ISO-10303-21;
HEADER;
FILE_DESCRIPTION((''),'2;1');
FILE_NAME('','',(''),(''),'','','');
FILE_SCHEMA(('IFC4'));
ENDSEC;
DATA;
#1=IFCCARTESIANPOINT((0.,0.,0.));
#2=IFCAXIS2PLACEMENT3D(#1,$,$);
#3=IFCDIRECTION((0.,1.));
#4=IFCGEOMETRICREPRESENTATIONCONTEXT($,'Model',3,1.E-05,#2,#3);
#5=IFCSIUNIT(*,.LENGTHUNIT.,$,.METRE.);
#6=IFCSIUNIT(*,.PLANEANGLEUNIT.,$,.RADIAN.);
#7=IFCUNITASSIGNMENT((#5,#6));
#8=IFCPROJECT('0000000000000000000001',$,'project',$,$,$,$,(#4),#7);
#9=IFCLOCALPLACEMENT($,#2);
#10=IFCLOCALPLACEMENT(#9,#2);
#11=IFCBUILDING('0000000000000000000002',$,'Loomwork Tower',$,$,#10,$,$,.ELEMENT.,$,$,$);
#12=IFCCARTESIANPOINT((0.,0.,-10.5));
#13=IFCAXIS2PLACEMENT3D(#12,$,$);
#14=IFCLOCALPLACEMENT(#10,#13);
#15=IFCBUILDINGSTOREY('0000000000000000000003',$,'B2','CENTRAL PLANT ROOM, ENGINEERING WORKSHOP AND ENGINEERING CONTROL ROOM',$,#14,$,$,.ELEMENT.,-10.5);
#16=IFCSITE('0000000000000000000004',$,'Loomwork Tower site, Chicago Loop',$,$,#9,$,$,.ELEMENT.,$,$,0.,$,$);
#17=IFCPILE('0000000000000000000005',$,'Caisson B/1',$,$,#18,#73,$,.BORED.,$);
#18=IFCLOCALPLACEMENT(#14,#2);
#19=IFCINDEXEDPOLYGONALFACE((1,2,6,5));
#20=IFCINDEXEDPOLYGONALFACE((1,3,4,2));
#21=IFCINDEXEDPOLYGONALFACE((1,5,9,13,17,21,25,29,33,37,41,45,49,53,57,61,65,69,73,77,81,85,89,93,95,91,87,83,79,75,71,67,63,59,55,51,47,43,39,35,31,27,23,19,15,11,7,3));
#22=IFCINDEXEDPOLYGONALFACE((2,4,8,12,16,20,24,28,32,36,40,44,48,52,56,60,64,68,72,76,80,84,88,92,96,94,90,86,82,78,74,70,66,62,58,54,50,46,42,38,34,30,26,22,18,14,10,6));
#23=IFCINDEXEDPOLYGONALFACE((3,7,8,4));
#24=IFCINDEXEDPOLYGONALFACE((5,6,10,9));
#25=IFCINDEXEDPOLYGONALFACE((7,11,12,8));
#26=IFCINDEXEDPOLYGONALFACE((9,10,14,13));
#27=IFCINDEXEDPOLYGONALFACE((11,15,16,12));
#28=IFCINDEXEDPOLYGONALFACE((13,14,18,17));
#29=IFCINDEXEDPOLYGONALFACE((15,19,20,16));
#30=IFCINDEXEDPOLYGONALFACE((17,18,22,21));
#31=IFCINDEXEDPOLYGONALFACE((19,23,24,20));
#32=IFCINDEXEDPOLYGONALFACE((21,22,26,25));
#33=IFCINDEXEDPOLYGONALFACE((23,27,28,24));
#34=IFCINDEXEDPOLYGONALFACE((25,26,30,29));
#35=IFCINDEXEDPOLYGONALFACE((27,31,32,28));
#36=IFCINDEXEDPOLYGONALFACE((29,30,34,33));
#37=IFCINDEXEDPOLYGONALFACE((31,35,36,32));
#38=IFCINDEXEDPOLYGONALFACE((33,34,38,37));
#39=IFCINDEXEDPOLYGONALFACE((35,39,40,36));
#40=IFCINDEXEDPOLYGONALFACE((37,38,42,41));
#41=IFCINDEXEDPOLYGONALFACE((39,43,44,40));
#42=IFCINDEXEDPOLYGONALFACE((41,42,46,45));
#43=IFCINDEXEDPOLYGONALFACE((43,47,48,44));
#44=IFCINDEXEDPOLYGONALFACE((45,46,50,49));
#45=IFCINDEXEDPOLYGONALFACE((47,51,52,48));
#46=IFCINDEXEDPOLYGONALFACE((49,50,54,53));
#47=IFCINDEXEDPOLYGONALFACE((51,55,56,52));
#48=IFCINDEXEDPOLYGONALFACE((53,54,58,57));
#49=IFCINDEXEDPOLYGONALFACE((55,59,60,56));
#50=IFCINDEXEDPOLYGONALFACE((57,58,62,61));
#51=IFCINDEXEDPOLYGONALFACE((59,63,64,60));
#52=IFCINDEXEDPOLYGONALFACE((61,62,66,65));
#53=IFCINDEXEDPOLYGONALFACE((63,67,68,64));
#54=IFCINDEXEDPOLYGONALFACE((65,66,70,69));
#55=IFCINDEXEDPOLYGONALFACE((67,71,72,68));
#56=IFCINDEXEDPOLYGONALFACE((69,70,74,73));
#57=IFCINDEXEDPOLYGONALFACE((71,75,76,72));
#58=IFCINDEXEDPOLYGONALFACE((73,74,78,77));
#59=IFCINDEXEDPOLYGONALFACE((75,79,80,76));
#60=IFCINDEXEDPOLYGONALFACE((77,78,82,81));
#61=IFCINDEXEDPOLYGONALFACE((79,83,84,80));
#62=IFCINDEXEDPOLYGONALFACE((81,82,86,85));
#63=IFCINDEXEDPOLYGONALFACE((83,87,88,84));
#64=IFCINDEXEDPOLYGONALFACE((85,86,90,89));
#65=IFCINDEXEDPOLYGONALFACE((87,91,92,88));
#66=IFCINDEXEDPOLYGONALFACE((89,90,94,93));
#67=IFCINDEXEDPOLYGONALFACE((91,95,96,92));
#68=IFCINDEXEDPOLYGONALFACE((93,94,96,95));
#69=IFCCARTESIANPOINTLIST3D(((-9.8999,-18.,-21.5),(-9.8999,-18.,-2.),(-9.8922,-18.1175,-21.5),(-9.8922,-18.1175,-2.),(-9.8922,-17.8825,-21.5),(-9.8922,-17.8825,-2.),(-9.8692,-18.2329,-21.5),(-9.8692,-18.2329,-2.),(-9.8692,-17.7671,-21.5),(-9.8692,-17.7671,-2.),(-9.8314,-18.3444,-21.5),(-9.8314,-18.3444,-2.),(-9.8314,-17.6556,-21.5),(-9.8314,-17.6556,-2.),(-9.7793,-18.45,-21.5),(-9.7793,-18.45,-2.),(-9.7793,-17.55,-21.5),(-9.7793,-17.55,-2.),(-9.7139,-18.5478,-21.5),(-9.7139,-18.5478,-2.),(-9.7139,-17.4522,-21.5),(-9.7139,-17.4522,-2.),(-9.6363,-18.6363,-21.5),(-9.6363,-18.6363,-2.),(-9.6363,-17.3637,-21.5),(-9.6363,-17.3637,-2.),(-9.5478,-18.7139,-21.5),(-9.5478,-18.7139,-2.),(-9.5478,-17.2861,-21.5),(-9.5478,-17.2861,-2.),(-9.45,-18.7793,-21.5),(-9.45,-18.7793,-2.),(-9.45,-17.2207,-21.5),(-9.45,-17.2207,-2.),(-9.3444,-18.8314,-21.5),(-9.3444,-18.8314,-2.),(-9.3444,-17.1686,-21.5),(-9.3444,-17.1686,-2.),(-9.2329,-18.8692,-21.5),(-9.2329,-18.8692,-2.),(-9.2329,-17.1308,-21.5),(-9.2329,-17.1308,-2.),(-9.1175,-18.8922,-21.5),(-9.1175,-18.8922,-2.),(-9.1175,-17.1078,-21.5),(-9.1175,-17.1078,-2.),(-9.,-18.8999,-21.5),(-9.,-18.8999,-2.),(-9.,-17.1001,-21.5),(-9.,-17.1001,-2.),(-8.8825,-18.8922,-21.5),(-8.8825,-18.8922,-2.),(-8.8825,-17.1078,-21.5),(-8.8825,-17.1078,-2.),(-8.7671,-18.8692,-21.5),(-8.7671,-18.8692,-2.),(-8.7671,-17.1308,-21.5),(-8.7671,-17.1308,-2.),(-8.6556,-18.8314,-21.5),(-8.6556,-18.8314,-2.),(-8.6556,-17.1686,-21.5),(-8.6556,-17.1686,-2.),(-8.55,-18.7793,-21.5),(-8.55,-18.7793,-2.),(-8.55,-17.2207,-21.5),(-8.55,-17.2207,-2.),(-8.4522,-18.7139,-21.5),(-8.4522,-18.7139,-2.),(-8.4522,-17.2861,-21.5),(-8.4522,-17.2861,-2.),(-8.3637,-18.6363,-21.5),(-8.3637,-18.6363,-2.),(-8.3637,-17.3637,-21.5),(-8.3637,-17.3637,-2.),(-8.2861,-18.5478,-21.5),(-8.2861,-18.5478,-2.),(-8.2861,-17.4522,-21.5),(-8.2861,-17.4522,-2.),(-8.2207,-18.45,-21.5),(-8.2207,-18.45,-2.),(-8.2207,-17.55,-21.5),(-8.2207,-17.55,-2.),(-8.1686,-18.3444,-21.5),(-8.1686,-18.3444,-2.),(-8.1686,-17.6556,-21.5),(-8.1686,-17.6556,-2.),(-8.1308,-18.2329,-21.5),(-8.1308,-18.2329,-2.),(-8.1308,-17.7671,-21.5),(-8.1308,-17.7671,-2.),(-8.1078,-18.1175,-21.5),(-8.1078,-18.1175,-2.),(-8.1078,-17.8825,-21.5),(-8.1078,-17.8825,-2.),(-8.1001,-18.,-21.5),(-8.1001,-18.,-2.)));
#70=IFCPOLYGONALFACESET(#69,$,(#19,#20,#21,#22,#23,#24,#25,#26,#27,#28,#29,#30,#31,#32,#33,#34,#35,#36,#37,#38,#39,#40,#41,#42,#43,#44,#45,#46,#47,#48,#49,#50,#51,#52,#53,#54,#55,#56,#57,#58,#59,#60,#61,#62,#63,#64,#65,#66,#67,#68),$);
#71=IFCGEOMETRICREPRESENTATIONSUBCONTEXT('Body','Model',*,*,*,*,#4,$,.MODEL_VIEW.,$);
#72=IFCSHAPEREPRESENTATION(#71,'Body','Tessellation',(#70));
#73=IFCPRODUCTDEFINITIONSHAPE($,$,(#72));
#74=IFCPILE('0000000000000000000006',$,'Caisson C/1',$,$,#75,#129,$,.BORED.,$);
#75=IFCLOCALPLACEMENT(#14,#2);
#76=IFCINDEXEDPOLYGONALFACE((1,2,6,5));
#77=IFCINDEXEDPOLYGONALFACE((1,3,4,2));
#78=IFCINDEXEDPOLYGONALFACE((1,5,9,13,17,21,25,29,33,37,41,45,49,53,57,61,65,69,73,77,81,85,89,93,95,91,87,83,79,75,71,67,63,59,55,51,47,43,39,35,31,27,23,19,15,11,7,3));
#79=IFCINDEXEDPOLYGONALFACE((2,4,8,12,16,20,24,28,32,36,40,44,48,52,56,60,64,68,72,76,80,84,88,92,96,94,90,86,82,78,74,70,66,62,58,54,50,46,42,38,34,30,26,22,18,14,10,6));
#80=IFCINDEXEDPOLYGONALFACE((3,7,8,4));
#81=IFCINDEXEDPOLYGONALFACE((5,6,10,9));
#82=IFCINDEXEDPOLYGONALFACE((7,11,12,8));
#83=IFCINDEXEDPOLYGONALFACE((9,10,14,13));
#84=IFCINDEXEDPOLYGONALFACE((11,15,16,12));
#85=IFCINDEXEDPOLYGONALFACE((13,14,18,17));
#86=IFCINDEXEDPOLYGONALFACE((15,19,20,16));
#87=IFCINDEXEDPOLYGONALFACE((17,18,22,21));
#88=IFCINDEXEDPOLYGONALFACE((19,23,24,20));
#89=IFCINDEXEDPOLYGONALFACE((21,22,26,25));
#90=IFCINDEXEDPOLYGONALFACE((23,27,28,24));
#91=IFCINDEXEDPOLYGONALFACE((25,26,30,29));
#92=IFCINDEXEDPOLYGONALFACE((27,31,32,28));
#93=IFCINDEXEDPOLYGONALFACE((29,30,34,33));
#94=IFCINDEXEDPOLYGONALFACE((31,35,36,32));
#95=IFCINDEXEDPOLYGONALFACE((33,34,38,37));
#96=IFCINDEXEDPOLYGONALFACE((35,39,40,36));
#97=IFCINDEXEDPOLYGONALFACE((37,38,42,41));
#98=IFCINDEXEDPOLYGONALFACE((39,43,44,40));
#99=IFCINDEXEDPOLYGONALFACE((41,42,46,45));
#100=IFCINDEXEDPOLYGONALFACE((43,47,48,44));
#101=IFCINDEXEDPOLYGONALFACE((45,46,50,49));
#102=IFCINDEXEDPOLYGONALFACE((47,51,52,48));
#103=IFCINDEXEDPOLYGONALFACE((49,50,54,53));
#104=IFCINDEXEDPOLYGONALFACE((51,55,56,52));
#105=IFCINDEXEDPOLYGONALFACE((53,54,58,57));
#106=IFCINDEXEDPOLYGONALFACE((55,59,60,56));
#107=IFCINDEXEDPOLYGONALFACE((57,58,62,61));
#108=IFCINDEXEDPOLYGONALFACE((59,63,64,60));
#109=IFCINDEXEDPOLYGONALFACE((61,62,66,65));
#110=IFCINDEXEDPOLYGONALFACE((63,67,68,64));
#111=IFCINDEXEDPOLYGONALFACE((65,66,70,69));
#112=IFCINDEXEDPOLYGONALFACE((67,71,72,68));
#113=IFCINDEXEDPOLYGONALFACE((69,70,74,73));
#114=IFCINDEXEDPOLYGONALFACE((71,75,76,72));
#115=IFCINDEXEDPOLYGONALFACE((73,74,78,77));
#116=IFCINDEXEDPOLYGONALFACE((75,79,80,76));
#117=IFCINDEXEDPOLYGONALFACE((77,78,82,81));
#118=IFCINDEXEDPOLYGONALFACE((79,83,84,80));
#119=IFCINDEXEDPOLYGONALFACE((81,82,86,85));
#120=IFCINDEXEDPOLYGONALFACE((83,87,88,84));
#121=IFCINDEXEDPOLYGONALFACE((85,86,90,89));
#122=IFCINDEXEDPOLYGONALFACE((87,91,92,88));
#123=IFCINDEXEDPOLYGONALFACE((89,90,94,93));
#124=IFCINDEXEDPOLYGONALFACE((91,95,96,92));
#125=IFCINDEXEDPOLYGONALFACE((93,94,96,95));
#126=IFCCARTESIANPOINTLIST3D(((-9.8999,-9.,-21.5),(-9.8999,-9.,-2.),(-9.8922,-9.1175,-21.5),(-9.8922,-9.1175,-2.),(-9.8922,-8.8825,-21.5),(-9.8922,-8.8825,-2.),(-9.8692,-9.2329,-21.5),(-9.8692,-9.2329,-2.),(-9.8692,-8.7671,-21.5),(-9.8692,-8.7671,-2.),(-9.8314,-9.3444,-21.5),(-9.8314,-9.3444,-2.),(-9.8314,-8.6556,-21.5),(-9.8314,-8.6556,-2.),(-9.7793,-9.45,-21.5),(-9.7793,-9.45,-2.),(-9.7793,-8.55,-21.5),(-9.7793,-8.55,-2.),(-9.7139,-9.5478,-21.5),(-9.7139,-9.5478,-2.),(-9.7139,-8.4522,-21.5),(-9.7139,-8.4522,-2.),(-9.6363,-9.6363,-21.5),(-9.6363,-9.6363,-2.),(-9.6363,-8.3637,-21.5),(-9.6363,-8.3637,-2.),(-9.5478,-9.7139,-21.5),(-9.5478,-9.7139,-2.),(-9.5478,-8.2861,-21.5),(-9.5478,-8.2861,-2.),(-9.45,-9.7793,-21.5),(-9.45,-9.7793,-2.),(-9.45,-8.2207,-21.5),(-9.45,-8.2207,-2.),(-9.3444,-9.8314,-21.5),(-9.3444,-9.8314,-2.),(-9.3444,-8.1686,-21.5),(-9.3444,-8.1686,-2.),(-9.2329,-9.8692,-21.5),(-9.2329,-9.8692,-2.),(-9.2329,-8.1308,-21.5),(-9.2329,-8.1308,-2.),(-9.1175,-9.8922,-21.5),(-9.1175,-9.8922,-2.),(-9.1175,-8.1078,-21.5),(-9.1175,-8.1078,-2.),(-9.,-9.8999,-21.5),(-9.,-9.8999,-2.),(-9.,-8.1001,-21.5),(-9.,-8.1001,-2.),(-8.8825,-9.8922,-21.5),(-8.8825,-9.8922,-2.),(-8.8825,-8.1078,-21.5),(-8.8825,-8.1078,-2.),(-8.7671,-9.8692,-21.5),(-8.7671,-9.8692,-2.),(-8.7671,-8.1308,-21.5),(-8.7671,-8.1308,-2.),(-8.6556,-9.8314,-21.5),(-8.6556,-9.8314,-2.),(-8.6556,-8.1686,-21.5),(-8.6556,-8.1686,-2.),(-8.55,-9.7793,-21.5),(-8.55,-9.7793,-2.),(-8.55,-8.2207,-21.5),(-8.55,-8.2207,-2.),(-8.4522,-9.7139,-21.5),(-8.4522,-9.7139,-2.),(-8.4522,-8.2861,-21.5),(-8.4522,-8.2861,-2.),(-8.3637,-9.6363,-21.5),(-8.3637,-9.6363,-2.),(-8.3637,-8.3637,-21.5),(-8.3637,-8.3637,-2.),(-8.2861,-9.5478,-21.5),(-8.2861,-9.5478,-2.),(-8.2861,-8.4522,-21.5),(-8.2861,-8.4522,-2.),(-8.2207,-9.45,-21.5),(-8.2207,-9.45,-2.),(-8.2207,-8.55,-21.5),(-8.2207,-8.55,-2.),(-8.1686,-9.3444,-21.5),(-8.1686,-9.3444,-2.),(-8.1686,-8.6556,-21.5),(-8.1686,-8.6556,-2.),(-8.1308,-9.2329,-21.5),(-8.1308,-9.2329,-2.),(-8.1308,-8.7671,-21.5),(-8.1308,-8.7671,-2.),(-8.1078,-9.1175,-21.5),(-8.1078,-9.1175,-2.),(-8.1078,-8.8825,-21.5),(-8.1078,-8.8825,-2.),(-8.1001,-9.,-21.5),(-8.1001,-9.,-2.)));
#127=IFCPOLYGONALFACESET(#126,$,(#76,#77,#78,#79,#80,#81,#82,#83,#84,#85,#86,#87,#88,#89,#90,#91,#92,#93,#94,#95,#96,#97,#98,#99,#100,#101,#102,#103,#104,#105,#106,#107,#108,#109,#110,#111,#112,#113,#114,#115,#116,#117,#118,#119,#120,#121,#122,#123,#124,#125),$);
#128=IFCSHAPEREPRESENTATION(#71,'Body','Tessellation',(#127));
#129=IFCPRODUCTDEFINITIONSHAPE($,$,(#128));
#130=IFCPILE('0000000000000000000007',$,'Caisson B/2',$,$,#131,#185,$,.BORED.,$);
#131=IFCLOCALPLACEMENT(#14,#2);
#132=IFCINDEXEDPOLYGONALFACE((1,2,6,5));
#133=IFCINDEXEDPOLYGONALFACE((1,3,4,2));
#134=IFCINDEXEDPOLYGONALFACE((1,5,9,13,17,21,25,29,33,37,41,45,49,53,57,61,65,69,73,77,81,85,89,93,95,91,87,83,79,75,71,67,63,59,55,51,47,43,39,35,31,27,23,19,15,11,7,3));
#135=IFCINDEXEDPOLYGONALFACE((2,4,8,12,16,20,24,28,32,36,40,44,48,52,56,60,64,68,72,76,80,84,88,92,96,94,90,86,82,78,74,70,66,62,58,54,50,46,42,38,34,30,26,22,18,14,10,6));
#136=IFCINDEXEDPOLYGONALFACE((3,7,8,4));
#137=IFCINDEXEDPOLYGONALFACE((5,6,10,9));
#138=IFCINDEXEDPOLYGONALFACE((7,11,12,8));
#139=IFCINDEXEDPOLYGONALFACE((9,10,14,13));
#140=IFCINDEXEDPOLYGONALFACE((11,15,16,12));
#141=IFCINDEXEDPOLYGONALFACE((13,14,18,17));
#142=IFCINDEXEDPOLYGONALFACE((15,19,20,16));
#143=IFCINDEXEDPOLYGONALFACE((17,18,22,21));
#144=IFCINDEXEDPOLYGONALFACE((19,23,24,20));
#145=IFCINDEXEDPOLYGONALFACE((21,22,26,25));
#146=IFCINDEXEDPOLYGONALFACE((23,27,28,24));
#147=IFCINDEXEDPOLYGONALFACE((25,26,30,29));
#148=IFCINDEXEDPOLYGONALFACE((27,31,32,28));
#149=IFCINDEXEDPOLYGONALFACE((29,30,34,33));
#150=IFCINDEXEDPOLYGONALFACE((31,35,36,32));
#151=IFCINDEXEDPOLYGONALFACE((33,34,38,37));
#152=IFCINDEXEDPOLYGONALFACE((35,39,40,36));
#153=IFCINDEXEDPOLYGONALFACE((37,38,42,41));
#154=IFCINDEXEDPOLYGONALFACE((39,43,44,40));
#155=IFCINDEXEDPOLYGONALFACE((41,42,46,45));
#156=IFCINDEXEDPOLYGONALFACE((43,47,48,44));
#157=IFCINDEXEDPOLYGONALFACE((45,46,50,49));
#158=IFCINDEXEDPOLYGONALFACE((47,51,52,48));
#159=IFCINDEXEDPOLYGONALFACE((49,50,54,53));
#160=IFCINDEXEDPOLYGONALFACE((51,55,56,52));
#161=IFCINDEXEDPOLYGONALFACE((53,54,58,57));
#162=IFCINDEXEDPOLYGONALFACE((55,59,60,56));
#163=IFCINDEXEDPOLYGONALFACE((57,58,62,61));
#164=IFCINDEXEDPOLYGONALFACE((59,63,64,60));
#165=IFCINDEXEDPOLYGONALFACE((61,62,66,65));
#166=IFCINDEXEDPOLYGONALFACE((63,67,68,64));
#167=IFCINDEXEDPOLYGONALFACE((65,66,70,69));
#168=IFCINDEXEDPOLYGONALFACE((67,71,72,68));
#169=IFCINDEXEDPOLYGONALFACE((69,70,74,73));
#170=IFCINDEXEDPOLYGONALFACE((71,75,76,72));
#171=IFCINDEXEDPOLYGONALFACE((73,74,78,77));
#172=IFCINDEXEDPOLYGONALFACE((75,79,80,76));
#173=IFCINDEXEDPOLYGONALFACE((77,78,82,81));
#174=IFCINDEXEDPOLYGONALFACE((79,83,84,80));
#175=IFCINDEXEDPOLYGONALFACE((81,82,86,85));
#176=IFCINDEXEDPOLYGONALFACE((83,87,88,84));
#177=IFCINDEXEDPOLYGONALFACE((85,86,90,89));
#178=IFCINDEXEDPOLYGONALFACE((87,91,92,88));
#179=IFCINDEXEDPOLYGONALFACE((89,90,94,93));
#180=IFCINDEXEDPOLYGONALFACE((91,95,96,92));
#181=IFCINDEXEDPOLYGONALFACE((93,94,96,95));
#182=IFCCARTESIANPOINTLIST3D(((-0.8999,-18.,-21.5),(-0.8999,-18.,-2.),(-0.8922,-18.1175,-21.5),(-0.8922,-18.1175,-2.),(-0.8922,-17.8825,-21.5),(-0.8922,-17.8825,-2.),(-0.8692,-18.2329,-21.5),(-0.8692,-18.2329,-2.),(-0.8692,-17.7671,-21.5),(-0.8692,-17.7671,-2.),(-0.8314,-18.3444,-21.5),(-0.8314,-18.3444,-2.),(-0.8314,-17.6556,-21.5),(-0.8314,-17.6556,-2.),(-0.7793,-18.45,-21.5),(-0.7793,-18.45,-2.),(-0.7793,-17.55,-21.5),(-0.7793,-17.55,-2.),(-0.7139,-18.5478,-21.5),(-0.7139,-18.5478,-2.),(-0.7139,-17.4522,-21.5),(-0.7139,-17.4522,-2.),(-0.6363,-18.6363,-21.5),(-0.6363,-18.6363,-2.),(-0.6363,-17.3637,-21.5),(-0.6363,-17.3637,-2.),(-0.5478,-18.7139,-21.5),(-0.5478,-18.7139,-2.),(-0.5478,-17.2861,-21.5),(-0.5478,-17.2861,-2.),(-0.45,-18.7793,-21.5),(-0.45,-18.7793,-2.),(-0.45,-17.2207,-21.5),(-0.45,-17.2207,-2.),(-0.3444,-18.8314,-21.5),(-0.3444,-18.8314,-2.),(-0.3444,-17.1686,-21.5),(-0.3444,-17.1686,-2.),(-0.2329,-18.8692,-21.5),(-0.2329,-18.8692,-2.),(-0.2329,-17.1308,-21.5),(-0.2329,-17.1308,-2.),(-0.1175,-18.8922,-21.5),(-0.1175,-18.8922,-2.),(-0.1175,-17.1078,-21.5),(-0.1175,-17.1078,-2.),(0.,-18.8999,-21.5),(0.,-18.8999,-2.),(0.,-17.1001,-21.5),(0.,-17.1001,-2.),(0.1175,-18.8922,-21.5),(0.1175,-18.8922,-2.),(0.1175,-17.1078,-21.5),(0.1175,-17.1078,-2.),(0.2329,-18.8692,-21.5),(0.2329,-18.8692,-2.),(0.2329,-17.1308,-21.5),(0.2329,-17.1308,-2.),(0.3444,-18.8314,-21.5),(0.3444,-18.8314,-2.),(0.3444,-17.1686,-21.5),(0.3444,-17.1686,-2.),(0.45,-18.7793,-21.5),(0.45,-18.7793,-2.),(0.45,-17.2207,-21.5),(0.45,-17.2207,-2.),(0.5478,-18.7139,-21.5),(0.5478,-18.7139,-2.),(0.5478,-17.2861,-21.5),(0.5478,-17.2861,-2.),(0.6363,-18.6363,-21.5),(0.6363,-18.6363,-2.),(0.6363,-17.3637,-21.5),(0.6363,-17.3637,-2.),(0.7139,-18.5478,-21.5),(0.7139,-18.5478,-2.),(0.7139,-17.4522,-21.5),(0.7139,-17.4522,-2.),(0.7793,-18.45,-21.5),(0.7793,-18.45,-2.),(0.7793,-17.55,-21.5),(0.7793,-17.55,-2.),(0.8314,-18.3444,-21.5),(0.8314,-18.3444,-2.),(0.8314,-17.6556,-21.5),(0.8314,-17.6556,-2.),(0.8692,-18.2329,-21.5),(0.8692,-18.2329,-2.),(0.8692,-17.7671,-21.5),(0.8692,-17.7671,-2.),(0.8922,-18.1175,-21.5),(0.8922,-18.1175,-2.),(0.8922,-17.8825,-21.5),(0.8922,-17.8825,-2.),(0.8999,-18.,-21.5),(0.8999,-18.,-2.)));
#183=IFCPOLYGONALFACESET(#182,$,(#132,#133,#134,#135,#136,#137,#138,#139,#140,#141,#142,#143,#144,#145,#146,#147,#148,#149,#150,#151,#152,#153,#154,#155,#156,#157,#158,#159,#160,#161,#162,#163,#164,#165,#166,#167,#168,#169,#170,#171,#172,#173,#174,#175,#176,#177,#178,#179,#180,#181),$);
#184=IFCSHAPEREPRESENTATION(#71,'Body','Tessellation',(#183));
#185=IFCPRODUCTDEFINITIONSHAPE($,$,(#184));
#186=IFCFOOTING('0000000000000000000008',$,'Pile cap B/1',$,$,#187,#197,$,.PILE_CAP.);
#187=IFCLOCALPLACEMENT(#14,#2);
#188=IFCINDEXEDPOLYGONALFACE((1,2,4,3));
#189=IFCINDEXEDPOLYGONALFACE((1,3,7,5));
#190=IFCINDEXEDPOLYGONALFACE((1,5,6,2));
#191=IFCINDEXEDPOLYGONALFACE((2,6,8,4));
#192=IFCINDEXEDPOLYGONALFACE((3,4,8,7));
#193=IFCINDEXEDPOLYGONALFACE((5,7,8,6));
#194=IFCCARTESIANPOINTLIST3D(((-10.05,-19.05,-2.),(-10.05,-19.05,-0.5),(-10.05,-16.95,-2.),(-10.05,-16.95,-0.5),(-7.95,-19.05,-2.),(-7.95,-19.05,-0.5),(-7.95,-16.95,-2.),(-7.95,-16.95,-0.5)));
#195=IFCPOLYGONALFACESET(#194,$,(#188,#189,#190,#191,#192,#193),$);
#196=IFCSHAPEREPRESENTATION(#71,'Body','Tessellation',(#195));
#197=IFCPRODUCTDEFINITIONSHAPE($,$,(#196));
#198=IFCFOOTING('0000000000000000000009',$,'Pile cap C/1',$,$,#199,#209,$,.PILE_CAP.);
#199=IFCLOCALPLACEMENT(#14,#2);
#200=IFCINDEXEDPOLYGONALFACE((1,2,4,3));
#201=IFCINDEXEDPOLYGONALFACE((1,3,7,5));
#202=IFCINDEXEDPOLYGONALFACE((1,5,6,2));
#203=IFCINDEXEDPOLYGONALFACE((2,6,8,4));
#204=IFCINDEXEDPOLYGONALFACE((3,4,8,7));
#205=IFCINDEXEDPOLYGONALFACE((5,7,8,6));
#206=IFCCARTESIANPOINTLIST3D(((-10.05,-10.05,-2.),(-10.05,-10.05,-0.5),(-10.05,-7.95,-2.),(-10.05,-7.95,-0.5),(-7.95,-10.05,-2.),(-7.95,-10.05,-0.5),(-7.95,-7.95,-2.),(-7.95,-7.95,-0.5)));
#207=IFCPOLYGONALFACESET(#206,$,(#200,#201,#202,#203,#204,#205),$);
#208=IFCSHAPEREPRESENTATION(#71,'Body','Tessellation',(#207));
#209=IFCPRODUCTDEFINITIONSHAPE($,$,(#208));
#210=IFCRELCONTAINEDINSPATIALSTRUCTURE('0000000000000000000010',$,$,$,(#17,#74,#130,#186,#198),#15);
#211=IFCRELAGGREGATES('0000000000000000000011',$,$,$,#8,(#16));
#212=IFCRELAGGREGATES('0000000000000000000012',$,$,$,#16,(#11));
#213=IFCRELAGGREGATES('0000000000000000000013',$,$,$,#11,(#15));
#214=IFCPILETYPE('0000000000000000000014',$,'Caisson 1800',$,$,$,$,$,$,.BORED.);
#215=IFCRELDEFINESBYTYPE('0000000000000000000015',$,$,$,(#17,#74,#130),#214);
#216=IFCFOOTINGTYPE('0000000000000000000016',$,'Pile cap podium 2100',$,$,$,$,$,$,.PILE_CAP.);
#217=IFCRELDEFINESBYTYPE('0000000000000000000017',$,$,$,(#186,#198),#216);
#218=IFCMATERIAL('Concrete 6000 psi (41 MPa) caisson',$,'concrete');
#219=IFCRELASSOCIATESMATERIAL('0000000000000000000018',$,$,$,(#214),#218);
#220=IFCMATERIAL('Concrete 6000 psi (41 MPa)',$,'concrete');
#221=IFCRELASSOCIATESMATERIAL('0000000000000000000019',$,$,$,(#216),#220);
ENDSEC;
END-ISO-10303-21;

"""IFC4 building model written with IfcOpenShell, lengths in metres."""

from ifc_helpers import new_model, si_unit, direction, frame, origin, origin_2d, place, context, subcontext, project, spatial, rectangle, circle, extrude, material, material_profile, profile_set, type_object, element, save


model = new_model("IFC4")

# Units and contexts
model_context = context("Model", 3, precision=1e-05, world=origin(), true_north=direction((0.0, 1.0)))
body_context = subcontext(model_context, "Body", "Model", "MODEL_VIEW")
ifc_project = project(units=[si_unit("LENGTHUNIT", "METRE"), si_unit("PLANEANGLEUNIT", "RADIAN")], contexts=[model_context])

# Site, building, storey
site_placement = place(None, origin())
site = spatial("IfcSite", under=ifc_project, at=site_placement, Name="Loomwork Tower site, Chicago Loop", CompositionType="ELEMENT", RefElevation=0.0)
building_placement = place(site_placement, origin())
building = spatial("IfcBuilding", under=site, at=building_placement, Name="Loomwork Tower", CompositionType="ELEMENT")
storey_placement = place(building_placement, frame((0.0, 0.0, -10.5)))
storey = spatial("IfcBuildingStorey", under=building, at=storey_placement, Name="B2", Description="CENTRAL PLANT ROOM, ENGINEERING WORKSHOP AND ENGINEERING CONTROL ROOM", CompositionType="ELEMENT", Elevation=-10.5)

# Piles
ifc_material_1 = material(Name="Concrete 6000 psi (41 MPa) caisson", Category="concrete")
ifc_material_profile_1 = material_profile(ifc_material_1, circle(Radius=0.8999, at=origin_2d()), Name="D1800")
ifc_profile_set_1 = profile_set([ifc_material_profile_1], Name="Concrete 6000 psi (41 MPa) caisson")
pile_type = type_object("IfcPileType", Name="Caisson 1800", PredefinedType="BORED", material=ifc_profile_set_1)
for number, where, z_axis, x_axis, name in (
    (1, (-9.0, -18.0, -2.0), (0.0, 0.0, -1.0), (1.0, 0.0, 0.0), "Caisson B/1"),
    (2, (-9.0, -9.0, -2.0), (0.0, 0.0, -1.0), (1.0, 0.0, 0.0), "Caisson C/1"),
    (3, (0.0, -18.0, -2.0), (0.0, 0.0, -1.0), (1.0, 0.0, 0.0), "Caisson B/2"),
):
    element("IfcPile", number, at=place(storey_placement, frame(where, z_axis=z_axis, x_axis=x_axis)), inside=storey, type_object=pile_type, Name=name, PredefinedType="BORED", context=body_context, shape_type="SweptSolid", body=[
        extrude(circle(Radius=0.8999, at=origin_2d()), origin(), (0.0, 0.0, 1.0), 19.5),
    ])

# Footings
ifc_material_2 = material(Name="Concrete 6000 psi (41 MPa)", Category="concrete")
footing_type = type_object("IfcFootingType", Name="Pile cap podium 2100", PredefinedType="PILE_CAP", material=ifc_material_2)
for number, where, z_axis, x_axis, name in (
    (4, (-9.0, -18.0, -2.0), (0.0, 0.0, 1.0), (1.0, 0.0, 0.0), "Pile cap B/1"),
    (5, (-9.0, -9.0, -2.0), (0.0, 0.0, 1.0), (1.0, 0.0, 0.0), "Pile cap C/1"),
):
    element("IfcFooting", number, at=place(storey_placement, frame(where, z_axis=z_axis, x_axis=x_axis)), inside=storey, type_object=footing_type, Name=name, PredefinedType="PILE_CAP", context=body_context, shape_type="SweptSolid", body=[
        extrude(rectangle(XDim=2.1001, YDim=2.1001, at=origin_2d()), origin(), (0.0, 0.0, 1.0), 1.5),
    ])

save(model, "model.ifc")
